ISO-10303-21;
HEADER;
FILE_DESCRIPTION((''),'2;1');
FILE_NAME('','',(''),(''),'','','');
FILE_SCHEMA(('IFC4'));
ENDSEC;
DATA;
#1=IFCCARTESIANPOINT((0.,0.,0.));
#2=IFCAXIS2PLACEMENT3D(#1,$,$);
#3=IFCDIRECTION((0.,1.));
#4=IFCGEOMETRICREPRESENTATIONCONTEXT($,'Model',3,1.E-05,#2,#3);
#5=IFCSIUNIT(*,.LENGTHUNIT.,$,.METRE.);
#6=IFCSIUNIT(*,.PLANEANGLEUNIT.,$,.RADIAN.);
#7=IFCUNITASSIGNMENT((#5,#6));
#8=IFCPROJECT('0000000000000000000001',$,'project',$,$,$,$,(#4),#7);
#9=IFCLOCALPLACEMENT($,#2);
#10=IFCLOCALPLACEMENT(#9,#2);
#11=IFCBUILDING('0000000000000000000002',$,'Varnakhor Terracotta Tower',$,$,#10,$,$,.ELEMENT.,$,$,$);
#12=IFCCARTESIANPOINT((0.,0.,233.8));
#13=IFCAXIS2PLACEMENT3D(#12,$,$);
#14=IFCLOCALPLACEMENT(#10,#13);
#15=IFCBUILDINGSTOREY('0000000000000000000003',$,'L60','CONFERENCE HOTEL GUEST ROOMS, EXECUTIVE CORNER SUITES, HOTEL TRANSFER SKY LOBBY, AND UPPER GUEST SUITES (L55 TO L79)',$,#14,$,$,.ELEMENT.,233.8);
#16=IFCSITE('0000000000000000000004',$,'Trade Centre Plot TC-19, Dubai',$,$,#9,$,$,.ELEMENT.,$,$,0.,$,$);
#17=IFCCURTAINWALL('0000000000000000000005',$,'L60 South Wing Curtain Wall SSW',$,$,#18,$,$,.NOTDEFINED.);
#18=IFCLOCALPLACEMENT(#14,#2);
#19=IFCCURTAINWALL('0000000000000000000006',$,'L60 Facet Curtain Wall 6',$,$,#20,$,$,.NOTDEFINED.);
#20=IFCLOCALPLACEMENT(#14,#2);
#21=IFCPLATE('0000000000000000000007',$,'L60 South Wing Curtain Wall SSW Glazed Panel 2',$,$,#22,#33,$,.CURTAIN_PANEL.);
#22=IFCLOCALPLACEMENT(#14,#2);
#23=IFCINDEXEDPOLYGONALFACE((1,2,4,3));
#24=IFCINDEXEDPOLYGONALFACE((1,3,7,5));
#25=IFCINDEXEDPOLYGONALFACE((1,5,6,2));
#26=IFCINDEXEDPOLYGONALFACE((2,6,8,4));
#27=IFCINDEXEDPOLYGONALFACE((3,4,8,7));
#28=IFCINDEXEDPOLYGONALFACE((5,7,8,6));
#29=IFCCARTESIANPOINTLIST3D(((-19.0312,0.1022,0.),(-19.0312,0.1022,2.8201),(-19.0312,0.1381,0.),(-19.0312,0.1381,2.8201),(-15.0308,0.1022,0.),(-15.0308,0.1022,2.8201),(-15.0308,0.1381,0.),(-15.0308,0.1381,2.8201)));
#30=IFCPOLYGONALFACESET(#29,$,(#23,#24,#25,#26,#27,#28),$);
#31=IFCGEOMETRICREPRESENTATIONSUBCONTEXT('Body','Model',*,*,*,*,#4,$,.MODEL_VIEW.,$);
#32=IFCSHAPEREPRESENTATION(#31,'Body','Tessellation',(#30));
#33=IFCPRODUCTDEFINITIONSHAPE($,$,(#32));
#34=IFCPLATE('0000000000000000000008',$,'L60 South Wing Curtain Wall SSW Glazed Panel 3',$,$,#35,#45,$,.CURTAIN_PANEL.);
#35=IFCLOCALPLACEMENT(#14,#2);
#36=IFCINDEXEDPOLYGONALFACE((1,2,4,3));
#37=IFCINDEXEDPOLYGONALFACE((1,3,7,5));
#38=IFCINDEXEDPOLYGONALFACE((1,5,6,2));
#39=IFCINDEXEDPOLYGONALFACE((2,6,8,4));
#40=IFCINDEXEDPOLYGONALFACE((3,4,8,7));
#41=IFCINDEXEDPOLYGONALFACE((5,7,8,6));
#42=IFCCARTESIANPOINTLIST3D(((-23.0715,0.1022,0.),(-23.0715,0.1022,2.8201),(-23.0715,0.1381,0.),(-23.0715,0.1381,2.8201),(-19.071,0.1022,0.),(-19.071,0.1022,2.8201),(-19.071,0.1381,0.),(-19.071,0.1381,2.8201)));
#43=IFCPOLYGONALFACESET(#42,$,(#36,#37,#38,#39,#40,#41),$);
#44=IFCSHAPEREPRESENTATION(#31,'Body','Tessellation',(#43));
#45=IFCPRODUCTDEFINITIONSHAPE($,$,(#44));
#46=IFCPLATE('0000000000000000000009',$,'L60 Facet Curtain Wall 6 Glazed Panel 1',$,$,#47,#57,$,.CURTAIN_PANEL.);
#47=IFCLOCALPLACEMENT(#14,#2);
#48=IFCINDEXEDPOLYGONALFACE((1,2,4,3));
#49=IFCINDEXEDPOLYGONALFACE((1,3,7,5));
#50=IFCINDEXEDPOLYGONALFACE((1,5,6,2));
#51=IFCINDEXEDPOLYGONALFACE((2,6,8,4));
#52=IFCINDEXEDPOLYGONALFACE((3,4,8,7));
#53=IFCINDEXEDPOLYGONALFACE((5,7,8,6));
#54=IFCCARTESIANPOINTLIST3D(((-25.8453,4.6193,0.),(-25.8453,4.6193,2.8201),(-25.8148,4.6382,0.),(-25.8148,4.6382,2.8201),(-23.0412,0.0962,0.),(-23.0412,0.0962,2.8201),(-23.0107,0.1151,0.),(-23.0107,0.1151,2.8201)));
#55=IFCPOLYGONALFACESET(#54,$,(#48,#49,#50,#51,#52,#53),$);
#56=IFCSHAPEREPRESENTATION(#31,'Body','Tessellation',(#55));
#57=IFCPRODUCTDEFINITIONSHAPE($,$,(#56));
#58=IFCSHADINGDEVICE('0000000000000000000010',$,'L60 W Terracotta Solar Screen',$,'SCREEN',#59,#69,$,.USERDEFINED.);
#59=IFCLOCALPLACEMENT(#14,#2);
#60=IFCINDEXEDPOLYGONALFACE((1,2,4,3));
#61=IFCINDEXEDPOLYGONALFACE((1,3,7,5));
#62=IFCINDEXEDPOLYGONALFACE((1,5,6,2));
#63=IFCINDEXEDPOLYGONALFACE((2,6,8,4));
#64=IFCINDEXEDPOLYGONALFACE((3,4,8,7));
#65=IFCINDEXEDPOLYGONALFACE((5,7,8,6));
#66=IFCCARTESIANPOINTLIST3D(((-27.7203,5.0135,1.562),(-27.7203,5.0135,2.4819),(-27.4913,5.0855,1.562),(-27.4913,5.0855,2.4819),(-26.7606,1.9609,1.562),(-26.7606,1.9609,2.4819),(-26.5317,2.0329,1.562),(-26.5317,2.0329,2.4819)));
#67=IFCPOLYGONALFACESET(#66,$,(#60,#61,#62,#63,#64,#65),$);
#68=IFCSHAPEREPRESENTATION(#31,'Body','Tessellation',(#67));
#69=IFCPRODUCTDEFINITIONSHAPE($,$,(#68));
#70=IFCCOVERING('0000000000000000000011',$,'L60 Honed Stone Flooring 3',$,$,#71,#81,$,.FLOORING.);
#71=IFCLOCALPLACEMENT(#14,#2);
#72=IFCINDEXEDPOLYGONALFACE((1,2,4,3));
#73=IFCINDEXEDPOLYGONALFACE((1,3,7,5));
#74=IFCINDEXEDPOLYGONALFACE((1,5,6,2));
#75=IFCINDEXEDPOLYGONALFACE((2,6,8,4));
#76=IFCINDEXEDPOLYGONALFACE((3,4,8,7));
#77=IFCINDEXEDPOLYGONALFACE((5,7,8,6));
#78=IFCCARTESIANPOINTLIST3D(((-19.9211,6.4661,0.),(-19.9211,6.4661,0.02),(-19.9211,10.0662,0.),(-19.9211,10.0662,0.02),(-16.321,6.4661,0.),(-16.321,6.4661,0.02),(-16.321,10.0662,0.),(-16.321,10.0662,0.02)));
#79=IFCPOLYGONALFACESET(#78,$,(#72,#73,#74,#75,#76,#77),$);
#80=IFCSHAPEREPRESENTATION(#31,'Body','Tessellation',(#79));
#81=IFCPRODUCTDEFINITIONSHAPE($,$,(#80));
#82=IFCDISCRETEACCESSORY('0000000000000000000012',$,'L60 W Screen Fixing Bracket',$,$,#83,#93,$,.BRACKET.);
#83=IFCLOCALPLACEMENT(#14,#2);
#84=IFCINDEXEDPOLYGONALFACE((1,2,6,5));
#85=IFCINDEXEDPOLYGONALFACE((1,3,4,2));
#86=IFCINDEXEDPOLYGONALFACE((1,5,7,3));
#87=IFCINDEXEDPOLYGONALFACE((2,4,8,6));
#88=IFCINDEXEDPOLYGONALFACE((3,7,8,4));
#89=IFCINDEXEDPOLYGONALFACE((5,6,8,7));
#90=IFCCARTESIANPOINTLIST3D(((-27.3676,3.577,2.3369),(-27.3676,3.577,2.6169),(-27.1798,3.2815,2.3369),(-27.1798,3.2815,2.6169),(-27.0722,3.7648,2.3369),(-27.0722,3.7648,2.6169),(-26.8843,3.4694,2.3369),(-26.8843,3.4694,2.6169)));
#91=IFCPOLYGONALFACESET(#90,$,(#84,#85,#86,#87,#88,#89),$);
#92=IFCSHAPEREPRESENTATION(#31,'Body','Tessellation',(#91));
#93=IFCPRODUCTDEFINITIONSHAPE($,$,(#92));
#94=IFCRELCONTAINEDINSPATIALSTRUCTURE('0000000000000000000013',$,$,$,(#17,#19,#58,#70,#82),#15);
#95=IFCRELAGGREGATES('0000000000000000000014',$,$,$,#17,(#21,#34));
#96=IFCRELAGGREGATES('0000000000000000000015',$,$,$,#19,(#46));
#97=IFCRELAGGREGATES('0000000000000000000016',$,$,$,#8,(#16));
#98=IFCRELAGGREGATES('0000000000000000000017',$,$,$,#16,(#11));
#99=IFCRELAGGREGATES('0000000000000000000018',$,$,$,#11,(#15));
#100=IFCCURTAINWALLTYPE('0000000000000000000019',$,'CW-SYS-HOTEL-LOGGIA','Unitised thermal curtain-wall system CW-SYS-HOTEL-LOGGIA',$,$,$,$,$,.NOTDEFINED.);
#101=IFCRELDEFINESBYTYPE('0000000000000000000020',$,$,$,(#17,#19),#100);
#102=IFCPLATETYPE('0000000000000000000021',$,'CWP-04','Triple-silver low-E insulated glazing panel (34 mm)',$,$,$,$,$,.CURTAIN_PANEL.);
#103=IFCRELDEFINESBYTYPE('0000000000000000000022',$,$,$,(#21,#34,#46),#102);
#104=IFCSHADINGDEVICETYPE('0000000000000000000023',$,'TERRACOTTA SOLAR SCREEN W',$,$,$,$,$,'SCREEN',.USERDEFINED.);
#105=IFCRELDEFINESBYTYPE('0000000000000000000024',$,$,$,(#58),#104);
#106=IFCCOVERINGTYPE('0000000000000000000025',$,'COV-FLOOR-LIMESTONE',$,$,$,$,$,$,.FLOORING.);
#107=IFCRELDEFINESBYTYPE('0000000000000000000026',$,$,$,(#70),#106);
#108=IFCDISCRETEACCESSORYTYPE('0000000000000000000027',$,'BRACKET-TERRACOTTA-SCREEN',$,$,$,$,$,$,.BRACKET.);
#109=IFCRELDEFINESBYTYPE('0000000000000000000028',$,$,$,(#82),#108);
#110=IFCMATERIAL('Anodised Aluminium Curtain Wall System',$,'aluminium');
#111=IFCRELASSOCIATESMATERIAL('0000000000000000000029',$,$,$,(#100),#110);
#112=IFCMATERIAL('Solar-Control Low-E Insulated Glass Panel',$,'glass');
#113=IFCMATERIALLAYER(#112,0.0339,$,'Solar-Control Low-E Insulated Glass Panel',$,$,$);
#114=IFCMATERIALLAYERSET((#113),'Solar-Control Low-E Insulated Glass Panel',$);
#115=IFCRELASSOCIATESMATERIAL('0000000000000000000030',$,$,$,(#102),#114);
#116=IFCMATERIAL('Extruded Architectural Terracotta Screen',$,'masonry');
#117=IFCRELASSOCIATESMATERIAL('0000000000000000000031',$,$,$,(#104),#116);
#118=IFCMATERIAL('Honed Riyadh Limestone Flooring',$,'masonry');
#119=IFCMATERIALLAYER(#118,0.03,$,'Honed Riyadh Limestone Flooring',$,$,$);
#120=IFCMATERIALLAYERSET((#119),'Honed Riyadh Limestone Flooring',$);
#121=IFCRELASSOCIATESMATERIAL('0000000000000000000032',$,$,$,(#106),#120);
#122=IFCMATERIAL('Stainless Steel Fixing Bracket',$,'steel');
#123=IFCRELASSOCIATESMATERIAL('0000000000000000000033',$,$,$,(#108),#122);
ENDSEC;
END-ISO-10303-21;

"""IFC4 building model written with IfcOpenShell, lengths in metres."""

from ifc_helpers import new_model, si_unit, direction, frame, origin, origin_2d, place, context, subcontext, project, spatial, rectangle, extrude, source, transform, mapped, material, layer, layer_set, type_object, type_shapes, element, aggregate, save


model = new_model("IFC4")

# Units and contexts
model_context = context("Model", 3, precision=1e-05, world=origin(), true_north=direction((0.0, 1.0)))
body_context = subcontext(model_context, "Body", "Model", "MODEL_VIEW")
ifc_project = project(units=[si_unit("LENGTHUNIT", "METRE"), si_unit("PLANEANGLEUNIT", "RADIAN")], contexts=[model_context])

# Site, building, storey
site_placement = place(None, origin())
site = spatial("IfcSite", under=ifc_project, at=site_placement, Name="Trade Centre Plot TC-19, Dubai", CompositionType="ELEMENT", RefElevation=0.0)
building_placement = place(site_placement, origin())
building = spatial("IfcBuilding", under=site, at=building_placement, Name="Varnakhor Terracotta Tower", CompositionType="ELEMENT")
storey_placement = place(building_placement, frame((0.0, 0.0, 233.8)))
storey = spatial("IfcBuildingStorey", under=building, at=storey_placement, Name="L60", Description="CONFERENCE HOTEL GUEST ROOMS, EXECUTIVE CORNER SUITES, HOTEL TRANSFER SKY LOBBY, AND UPPER GUEST SUITES (L55 TO L79)", CompositionType="ELEMENT", Elevation=233.8)

# Curtain wall
ifc_material_1 = material(Name="Anodised Aluminium Curtain Wall System", Category="aluminium")
curtain_wall_type = type_object("IfcCurtainWallType", Name="CW-SYS-HOTEL-LOGGIA", Description="Unitised thermal curtain-wall system CW-SYS-HOTEL-LOGGIA", PredefinedType="NOTDEFINED", material=ifc_material_1)
curtain_wall_1_placement = place(storey_placement, origin())
curtain_wall_1 = element("IfcCurtainWall", 1, at=curtain_wall_1_placement, inside=storey, type_object=curtain_wall_type, Name="L60 South Wing Curtain Wall SSW", PredefinedType="NOTDEFINED")

# Curtain wall
curtain_wall_2_placement = place(storey_placement, origin())
curtain_wall_2 = element("IfcCurtainWall", 2, at=curtain_wall_2_placement, inside=storey, type_object=curtain_wall_type, Name="L60 Facet Curtain Wall 6", PredefinedType="NOTDEFINED")

# Plates
ifc_material_2 = material(Name="Solar-Control Low-E Insulated Glass Panel", Category="glass")
ifc_layer_1 = layer(ifc_material_2, 0.0339, Name="Solar-Control Low-E Insulated Glass Panel")
ifc_layer_set_1 = layer_set([ifc_layer_1], Name="Solar-Control Low-E Insulated Glass Panel")
plate_type = type_object("IfcPlateType", Name="CWP-04", Description="Triple-silver low-E insulated glazing panel (34 mm)", PredefinedType="CURTAIN_PANEL", material=ifc_layer_set_1)
shared_shape_1 = source(origin(), body_context, "Body", "SweptSolid", [
    extrude(rectangle(XDim=4.0005, YDim=0.0359, at=origin_2d()), origin(), (0.0, 0.0, 1.0), 2.8201),
])
plate_1_placement = place(storey_placement, frame((-17.031, 0.1201, 0.0), z_axis=(0.0, 0.0, 1.0), x_axis=(-1.0, 0.0, 0.0)))
plate_1 = element("IfcPlate", 3, at=plate_1_placement, type_object=plate_type, Name="L60 South Wing Curtain Wall SSW Glazed Panel 2", PredefinedType="CURTAIN_PANEL", context=body_context, shape_type="MappedRepresentation", body=[
    mapped(shared_shape_1, transform((0.0, 0.0, 0.0), scale=1.0)),
])
plate_2_placement = place(storey_placement, frame((-21.0713, 0.1201, 0.0), z_axis=(0.0, 0.0, 1.0), x_axis=(-1.0, 0.0, 0.0)))
plate_2 = element("IfcPlate", 4, at=plate_2_placement, type_object=plate_type, Name="L60 South Wing Curtain Wall SSW Glazed Panel 3", PredefinedType="CURTAIN_PANEL", context=body_context, shape_type="MappedRepresentation", body=[
    mapped(shared_shape_1, transform((0.0, 0.0, 0.0), scale=1.0)),
])
aggregate(curtain_wall_1, [plate_1, plate_2])
shared_shape_2 = source(origin(), body_context, "Body", "SweptSolid", [
    extrude(rectangle(XDim=5.3218, YDim=0.0359, at=origin_2d()), origin(), (0.0, 0.0, 1.0), 2.8201),
])
plate_3_placement = place(storey_placement, frame((-24.428, 2.3672, 0.0), z_axis=(0.0, 0.0, 1.0), x_axis=(-0.526911, 0.84992, 0.0)))
plate_3 = element("IfcPlate", 5, at=plate_3_placement, type_object=plate_type, Name="L60 Facet Curtain Wall 6 Glazed Panel 1", PredefinedType="CURTAIN_PANEL", context=body_context, shape_type="MappedRepresentation", body=[
    mapped(shared_shape_2, transform((0.0, 0.0, 0.0), scale=1.0)),
])
aggregate(curtain_wall_2, [plate_3])

# Shading device
ifc_material_3 = material(Name="Extruded Architectural Terracotta Screen", Category="masonry")
shading_device_type = type_object("IfcShadingDeviceType", Name="TERRACOTTA SOLAR SCREEN W", ElementType="SCREEN", PredefinedType="USERDEFINED", material=ifc_material_3)
shared_shape_3 = source(origin(), body_context, "Body", "SweptSolid", [
    extrude(rectangle(XDim=3.2, YDim=0.24, at=origin_2d()), origin(), (0.0, 0.0, 1.0), 0.9199),
])
type_shapes(shading_device_type, [shared_shape_3])
shading_device_placement = place(storey_placement, frame((-27.126, 3.5232, 1.562), z_axis=(0.0, 0.0, 1.0), x_axis=(0.299907, -0.953969, 0.0)))
element("IfcShadingDevice", 6, at=shading_device_placement, inside=storey, type_object=shading_device_type, Name="L60 W Terracotta Solar Screen", ObjectType="SCREEN", PredefinedType="USERDEFINED", context=body_context, shape_type="MappedRepresentation", body=[
    mapped(shared_shape_3, transform((0.0, 0.0, 0.0), scale=1.0)),
])

# Covering
ifc_material_4 = material(Name="Honed Riyadh Limestone Flooring", Category="masonry")
ifc_layer_2 = layer(ifc_material_4, 0.03, Name="Honed Riyadh Limestone Flooring")
ifc_layer_set_2 = layer_set([ifc_layer_2], Name="Honed Riyadh Limestone Flooring")
covering_type = type_object("IfcCoveringType", Name="COV-FLOOR-LIMESTONE", PredefinedType="FLOORING", material=ifc_layer_set_2)
shared_shape_4 = source(origin(), body_context, "Body", "SweptSolid", [
    extrude(rectangle(XDim=3.6001, YDim=3.6001, at=origin_2d()), origin(), (0.0, 0.0, 1.0), 0.02),
])
covering_placement = place(storey_placement, frame((-18.1211, 8.2661, 0.0), z_axis=(0.0, 0.0, 1.0), x_axis=(1.0, 0.0, 0.0)))
element("IfcCovering", 7, at=covering_placement, inside=storey, type_object=covering_type, Name="L60 Honed Stone Flooring 3", PredefinedType="FLOORING", context=body_context, shape_type="MappedRepresentation", body=[
    mapped(shared_shape_4, transform((0.0, 0.0, 0.0), scale=1.0)),
])

# Discrete accessory
ifc_material_5 = material(Name="Stainless Steel Fixing Bracket", Category="steel")
discrete_accessory_type = type_object("IfcDiscreteAccessoryType", Name="BRACKET-TERRACOTTA-SCREEN", PredefinedType="BRACKET", material=ifc_material_5)
shared_shape_5 = source(origin(), body_context, "Body", "SweptSolid", [
    extrude(rectangle(XDim=0.3501, YDim=0.3501, at=origin_2d()), origin(), (0.0, 0.0, 1.0), 0.28),
])
type_shapes(discrete_accessory_type, [shared_shape_5])
discrete_accessory_placement = place(storey_placement, frame((-27.126, 3.5232, 2.3369), z_axis=(0.0, 0.0, 1.0), x_axis=(0.536593, -0.843841, 0.0)))
element("IfcDiscreteAccessory", 8, at=discrete_accessory_placement, inside=storey, type_object=discrete_accessory_type, Name="L60 W Screen Fixing Bracket", PredefinedType="BRACKET", context=body_context, shape_type="MappedRepresentation", body=[
    mapped(shared_shape_5, transform((0.0, 0.0, 0.0), scale=1.0)),
])

save(model, "model.ifc")
